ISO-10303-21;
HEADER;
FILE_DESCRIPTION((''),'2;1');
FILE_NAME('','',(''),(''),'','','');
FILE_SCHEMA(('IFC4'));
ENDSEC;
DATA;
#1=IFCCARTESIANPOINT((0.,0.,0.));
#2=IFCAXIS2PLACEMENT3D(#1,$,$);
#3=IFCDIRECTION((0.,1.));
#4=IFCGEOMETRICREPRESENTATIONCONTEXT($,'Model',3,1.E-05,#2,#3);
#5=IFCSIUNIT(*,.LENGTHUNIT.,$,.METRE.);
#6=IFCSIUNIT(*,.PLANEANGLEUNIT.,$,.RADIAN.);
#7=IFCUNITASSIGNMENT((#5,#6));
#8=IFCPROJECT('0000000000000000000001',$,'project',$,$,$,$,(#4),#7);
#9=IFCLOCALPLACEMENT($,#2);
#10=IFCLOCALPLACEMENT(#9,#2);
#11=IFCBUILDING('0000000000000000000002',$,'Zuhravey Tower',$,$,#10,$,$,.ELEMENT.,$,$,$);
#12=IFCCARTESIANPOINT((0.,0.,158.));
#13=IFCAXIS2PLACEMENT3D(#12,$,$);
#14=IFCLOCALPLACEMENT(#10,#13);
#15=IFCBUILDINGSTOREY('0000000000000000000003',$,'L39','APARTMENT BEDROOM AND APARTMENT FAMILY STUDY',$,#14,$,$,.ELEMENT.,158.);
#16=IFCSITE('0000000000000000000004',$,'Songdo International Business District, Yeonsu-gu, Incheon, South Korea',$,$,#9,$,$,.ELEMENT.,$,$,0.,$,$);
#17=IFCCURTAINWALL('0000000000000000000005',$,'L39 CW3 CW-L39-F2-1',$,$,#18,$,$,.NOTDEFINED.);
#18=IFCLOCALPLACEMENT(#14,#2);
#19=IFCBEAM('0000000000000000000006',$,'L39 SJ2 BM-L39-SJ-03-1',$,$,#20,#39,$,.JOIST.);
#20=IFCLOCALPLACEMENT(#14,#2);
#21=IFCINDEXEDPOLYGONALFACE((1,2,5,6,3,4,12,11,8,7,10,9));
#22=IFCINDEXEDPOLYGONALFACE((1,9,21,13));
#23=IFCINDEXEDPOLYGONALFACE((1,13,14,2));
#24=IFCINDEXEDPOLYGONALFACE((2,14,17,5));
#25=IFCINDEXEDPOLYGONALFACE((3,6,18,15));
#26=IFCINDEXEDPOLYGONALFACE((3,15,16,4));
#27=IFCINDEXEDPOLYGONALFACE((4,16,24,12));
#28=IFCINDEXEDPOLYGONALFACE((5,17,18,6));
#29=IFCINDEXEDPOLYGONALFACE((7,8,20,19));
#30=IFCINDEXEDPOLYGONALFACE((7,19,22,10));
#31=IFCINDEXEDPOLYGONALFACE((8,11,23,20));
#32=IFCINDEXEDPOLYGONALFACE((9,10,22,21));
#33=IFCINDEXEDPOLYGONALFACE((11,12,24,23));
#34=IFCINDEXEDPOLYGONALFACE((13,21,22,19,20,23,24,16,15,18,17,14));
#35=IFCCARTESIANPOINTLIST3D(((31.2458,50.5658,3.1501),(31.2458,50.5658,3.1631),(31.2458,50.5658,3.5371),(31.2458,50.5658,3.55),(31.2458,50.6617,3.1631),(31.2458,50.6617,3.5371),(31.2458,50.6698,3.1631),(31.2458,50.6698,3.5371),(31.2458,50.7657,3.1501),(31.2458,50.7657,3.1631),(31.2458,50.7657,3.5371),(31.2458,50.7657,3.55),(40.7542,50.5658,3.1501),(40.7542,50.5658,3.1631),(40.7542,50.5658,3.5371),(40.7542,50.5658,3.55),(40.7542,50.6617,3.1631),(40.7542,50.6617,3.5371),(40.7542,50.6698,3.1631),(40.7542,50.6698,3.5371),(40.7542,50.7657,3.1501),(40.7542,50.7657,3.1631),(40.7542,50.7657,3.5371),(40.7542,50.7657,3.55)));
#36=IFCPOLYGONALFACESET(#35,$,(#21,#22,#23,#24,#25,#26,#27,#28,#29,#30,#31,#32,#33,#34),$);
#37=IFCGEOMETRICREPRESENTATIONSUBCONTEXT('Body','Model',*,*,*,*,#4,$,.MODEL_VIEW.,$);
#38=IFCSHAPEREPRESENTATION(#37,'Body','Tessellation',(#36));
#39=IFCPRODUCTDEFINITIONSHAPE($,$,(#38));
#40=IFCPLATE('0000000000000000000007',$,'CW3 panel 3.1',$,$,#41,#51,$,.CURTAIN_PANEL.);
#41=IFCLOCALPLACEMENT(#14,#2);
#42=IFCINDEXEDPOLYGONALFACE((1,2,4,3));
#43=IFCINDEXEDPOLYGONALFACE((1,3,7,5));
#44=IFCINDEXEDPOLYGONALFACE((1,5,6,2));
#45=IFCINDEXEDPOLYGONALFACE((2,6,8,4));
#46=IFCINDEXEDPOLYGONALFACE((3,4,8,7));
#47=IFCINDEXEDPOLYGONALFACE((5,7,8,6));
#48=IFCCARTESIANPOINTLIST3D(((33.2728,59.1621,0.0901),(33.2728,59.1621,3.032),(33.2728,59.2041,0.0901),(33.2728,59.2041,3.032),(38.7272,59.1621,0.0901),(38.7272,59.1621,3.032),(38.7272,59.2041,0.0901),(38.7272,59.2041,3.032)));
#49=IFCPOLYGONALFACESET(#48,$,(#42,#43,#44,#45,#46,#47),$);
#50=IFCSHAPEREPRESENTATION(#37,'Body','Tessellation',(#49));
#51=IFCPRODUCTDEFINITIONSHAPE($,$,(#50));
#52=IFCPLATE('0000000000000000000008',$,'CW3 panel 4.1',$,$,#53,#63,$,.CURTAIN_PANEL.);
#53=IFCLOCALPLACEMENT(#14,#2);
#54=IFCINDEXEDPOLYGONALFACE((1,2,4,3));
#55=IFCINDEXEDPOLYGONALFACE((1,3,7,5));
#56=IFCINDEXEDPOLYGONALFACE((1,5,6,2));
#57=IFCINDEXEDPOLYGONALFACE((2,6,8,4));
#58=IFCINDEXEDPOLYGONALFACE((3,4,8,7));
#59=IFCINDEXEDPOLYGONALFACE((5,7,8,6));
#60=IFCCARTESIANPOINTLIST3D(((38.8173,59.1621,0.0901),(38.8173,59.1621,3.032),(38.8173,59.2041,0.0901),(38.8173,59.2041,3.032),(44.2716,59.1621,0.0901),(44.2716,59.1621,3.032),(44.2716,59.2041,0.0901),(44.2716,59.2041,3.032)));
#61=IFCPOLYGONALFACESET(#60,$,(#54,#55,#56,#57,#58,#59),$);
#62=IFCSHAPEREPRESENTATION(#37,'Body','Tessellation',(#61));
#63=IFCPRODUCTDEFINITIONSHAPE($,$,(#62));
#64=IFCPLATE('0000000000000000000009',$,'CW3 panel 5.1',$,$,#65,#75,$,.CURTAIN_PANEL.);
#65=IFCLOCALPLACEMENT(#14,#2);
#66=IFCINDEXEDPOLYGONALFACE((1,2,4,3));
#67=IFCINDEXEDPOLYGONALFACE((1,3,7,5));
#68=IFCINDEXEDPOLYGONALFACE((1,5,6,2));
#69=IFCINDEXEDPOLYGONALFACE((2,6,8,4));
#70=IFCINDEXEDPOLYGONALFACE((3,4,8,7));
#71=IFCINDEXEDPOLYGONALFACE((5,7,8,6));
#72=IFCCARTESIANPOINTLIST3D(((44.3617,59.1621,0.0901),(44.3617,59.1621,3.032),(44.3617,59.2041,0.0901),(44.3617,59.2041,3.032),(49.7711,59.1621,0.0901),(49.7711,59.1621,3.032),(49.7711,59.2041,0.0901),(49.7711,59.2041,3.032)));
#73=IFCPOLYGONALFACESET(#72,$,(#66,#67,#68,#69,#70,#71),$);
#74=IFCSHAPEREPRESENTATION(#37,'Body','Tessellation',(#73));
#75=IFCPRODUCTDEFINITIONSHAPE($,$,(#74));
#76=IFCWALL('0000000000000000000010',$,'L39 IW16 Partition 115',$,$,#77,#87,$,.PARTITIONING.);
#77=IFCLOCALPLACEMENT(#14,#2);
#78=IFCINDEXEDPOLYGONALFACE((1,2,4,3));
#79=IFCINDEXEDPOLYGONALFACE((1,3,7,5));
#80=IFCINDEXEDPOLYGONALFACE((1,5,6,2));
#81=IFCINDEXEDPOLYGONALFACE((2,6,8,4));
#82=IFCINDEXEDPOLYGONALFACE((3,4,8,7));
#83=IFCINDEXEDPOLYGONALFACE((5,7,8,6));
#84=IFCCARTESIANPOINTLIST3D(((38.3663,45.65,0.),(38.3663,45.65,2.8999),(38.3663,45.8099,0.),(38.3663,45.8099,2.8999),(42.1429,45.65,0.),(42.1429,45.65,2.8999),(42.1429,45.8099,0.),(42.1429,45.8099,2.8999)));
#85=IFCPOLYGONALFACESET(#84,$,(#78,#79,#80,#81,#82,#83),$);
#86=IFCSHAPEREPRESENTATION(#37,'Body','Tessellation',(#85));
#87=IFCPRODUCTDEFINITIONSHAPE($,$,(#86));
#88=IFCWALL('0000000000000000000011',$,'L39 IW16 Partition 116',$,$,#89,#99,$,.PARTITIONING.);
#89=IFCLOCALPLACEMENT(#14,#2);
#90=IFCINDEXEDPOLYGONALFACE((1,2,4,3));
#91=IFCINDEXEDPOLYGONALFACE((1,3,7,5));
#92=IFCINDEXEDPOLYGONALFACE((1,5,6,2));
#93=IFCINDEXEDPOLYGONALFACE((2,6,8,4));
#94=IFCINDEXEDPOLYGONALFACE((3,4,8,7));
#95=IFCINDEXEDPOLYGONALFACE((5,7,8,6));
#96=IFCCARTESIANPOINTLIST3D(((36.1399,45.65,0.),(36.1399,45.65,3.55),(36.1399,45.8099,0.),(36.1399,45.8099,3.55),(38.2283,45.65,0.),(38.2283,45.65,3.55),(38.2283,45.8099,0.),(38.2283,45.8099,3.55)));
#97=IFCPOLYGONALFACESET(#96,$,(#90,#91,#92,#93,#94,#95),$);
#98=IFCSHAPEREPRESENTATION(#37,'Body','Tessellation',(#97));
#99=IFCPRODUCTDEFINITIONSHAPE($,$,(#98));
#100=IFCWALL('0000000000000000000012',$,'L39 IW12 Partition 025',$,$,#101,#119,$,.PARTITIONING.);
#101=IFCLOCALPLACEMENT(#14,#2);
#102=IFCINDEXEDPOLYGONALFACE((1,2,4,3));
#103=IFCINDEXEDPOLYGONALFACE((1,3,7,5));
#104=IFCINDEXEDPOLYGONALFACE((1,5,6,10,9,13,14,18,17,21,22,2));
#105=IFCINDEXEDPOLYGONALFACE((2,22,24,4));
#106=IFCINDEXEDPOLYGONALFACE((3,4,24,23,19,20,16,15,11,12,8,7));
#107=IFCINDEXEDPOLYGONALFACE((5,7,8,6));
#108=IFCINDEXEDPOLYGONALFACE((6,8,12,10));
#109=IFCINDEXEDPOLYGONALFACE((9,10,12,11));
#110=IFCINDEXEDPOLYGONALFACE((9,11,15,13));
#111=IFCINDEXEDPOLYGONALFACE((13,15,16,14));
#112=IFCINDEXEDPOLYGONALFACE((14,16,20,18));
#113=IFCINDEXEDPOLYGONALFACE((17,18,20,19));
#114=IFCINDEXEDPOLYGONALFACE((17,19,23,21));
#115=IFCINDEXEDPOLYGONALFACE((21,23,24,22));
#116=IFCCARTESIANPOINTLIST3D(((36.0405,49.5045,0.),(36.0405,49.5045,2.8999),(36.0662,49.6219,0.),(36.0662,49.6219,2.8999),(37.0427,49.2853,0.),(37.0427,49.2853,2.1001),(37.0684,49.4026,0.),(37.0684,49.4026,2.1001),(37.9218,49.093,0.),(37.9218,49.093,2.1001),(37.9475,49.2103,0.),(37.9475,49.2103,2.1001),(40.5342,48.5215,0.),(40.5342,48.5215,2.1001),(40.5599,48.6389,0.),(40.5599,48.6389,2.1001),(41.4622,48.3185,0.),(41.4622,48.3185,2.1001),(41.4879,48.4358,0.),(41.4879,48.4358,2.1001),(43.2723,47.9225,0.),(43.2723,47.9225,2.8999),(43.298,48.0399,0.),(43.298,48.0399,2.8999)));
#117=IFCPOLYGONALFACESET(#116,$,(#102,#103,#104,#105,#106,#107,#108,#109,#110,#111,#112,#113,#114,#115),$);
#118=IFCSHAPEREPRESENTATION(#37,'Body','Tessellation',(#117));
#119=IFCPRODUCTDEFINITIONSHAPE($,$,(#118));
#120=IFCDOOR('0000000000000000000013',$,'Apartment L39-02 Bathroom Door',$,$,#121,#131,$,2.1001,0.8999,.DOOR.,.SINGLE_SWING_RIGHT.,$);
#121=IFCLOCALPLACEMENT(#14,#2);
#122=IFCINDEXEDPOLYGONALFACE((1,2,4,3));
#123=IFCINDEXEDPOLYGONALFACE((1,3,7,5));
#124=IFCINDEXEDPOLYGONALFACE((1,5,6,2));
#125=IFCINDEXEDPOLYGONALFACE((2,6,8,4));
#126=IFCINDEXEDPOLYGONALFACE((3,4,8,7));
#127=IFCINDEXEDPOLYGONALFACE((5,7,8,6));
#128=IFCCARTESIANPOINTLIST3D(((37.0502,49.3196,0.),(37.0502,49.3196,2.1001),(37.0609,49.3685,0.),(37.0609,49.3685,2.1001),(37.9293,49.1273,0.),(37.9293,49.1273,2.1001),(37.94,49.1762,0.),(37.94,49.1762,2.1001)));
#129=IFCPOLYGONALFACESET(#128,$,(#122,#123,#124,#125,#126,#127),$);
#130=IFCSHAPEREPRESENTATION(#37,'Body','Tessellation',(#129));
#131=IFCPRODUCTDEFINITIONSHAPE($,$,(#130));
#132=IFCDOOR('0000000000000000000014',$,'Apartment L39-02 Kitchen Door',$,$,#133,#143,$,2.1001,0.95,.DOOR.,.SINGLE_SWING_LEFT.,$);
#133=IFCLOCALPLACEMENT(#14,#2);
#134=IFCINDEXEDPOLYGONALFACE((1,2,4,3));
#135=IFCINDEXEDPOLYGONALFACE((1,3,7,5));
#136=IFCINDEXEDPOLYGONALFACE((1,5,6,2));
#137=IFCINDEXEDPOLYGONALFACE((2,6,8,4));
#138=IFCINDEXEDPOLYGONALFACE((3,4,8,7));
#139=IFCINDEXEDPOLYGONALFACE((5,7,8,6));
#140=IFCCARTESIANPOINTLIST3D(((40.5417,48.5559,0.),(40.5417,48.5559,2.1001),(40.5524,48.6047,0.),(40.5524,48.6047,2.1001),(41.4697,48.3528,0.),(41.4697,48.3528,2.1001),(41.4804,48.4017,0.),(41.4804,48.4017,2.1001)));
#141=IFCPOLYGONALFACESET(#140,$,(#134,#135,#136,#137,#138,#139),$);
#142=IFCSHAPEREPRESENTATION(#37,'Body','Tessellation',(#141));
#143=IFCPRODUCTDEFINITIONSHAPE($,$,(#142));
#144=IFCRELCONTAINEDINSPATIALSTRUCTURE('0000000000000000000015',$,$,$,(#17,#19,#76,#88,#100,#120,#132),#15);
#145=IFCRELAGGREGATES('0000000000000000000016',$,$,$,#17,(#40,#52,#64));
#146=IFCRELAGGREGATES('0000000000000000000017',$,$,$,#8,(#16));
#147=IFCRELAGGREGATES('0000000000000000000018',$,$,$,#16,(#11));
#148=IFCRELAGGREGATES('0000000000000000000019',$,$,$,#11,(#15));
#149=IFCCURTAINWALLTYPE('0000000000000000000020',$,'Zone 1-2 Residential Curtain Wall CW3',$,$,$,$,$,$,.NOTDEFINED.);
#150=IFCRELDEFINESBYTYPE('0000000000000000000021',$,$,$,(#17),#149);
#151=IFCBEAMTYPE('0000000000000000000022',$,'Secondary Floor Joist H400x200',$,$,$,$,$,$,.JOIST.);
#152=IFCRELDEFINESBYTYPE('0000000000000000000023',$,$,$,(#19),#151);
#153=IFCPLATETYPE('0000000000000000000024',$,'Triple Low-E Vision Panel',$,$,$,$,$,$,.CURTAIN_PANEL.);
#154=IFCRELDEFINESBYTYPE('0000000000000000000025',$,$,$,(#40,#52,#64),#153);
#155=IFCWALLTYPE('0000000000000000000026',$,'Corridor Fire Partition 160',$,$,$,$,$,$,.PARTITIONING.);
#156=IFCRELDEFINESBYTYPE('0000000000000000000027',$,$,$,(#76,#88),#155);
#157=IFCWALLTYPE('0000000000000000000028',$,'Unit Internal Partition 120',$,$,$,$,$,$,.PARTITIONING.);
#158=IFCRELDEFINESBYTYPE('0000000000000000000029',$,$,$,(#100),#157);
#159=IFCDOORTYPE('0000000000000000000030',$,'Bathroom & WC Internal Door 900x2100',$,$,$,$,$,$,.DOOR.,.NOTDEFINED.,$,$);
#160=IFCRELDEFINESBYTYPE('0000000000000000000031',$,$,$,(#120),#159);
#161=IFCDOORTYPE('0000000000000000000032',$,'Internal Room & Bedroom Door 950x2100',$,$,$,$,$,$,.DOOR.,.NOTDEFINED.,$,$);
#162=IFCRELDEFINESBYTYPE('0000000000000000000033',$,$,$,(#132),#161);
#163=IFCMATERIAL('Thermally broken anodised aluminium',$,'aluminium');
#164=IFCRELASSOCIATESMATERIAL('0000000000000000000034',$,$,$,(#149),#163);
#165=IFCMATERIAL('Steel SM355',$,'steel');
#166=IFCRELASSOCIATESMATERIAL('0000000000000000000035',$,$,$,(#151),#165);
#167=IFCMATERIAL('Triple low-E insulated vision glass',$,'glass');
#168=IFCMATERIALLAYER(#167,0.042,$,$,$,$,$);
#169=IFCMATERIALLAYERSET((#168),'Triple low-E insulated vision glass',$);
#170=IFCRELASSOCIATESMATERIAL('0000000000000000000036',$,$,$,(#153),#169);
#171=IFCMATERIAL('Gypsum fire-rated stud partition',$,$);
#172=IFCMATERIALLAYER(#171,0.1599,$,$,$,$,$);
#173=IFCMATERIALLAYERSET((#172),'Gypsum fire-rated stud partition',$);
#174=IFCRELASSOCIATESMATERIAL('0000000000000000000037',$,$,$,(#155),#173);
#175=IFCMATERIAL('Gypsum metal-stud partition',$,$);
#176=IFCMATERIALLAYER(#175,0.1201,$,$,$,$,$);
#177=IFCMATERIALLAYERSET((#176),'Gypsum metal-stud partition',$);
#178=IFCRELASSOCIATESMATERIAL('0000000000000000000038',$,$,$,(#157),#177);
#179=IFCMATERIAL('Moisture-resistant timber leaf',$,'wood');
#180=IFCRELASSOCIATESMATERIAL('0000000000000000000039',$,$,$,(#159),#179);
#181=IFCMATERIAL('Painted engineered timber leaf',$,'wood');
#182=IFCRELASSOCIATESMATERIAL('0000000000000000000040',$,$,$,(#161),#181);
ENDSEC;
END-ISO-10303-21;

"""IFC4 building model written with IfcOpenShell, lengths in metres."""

from ifc_helpers import new_model, si_unit, direction, frame, frame_2d, origin, origin_2d, place, context, subcontext, project, spatial, rectangle, i_section, extrude, material, layer, layer_set, material_profile, profile_set, type_object, element, fill, aggregate, save


model = new_model("IFC4")

# Units and contexts
model_context = context("Model", 3, precision=1e-05, world=origin(), true_north=direction((0.0, 1.0)))
body_context = subcontext(model_context, "Body", "Model", "MODEL_VIEW")
ifc_project = project(units=[si_unit("LENGTHUNIT", "METRE"), si_unit("PLANEANGLEUNIT", "RADIAN")], contexts=[model_context])

# Site, building, storey
site_placement = place(None, origin())
site = spatial("IfcSite", under=ifc_project, at=site_placement, Name="Songdo International Business District, Yeonsu-gu, Incheon, South Korea", CompositionType="ELEMENT", RefElevation=0.0)
building_placement = place(site_placement, origin())
building = spatial("IfcBuilding", under=site, at=building_placement, Name="Zuhravey Tower", CompositionType="ELEMENT")
storey_placement = place(building_placement, frame((0.0, 0.0, 158.0)))
storey = spatial("IfcBuildingStorey", under=building, at=storey_placement, Name="L39", Description="APARTMENT BEDROOM AND APARTMENT FAMILY STUDY", CompositionType="ELEMENT", Elevation=158.0)

# Curtain wall
ifc_material_1 = material(Name="Thermally broken anodised aluminium", Category="aluminium")
curtain_wall_type = type_object("IfcCurtainWallType", Name="Zone 1-2 Residential Curtain Wall CW3", PredefinedType="NOTDEFINED", material=ifc_material_1)
curtain_wall_placement = place(storey_placement, origin())
curtain_wall = element("IfcCurtainWall", 1, at=curtain_wall_placement, inside=storey, type_object=curtain_wall_type, Name="L39 CW3 CW-L39-F2-1", PredefinedType="NOTDEFINED")

# Beam
ifc_material_2 = material(Name="Steel SM355", Category="steel")
ifc_material_profile_1 = material_profile(ifc_material_2, i_section(OverallWidth=0.2, OverallDepth=0.3999, WebThickness=0.0081, FlangeThickness=0.0129, at=origin_2d()), Name="H-400x200x8x13")
ifc_profile_set_1 = profile_set([ifc_material_profile_1], Name="Steel SM355")
beam_type_1 = type_object("IfcBeamType", Name="Secondary Floor Joist H400x200", PredefinedType="JOIST", material=ifc_profile_set_1)
beam_1_placement = place(storey_placement, frame((40.7542, 50.6658, 3.3501), z_axis=(-1.0, 0.0, 0.0), x_axis=(0.0, -1.0, 0.0)))
element("IfcBeam", 2, at=beam_1_placement, inside=storey, type_object=beam_type_1, Name="L39 SJ2 BM-L39-SJ-03-1", PredefinedType="JOIST", context=body_context, shape_type="SweptSolid", body=[
    extrude(i_section(OverallWidth=0.2, OverallDepth=0.3999, WebThickness=0.0081, FlangeThickness=0.0129, at=origin_2d()), origin(), (0.0, 0.0, 1.0), 9.5083),
])

# Plates
ifc_material_3 = material(Name="Triple low-E insulated vision glass", Category="glass")
ifc_layer_1 = layer(ifc_material_3, 0.042)
ifc_layer_set_1 = layer_set([ifc_layer_1], Name="Triple low-E insulated vision glass")
plate_type = type_object("IfcPlateType", Name="Triple Low-E Vision Panel", PredefinedType="CURTAIN_PANEL", material=ifc_layer_set_1)
plate_1_placement = place(storey_placement, frame((36.0, 59.1831, 0.0901), z_axis=(0.0, 0.0, 1.0), x_axis=(1.0, 0.0, 0.0)))
plate_1 = element("IfcPlate", 3, at=plate_1_placement, type_object=plate_type, Name="CW3 panel 3.1", PredefinedType="CURTAIN_PANEL", context=body_context, shape_type="SweptSolid", body=[
    extrude(rectangle(XDim=5.4543, YDim=0.042, at=origin_2d()), origin(), (0.0, 0.0, 1.0), 2.9419),
])
plate_2_placement = place(storey_placement, frame((41.5444, 59.1831, 0.0901), z_axis=(0.0, 0.0, 1.0), x_axis=(1.0, 0.0, 0.0)))
plate_2 = element("IfcPlate", 4, at=plate_2_placement, type_object=plate_type, Name="CW3 panel 4.1", PredefinedType="CURTAIN_PANEL", context=body_context, shape_type="SweptSolid", body=[
    extrude(rectangle(XDim=5.4543, YDim=0.042, at=origin_2d()), origin(), (0.0, 0.0, 1.0), 2.9419),
])
plate_3_placement = place(storey_placement, frame((47.0664, 59.1831, 0.0901), z_axis=(0.0, 0.0, 1.0), x_axis=(1.0, 0.0, 0.0)))
plate_3 = element("IfcPlate", 5, at=plate_3_placement, type_object=plate_type, Name="CW3 panel 5.1", PredefinedType="CURTAIN_PANEL", context=body_context, shape_type="SweptSolid", body=[
    extrude(rectangle(XDim=5.4094, YDim=0.042, at=origin_2d()), origin(), (0.0, 0.0, 1.0), 2.9419),
])
aggregate(curtain_wall, [plate_1, plate_2, plate_3])

# Shared definitions
ifc_material_4 = material(Name="Gypsum fire-rated stud partition")
ifc_layer_2 = layer(ifc_material_4, 0.1599)
ifc_layer_set_2 = layer_set([ifc_layer_2], Name="Gypsum fire-rated stud partition")
wall_type_1 = type_object("IfcWallType", Name="Corridor Fire Partition 160", PredefinedType="PARTITIONING", material=ifc_layer_set_2)

# Walls
wall_1_placement = place(storey_placement, frame((42.1428, 45.73, 0.0), z_axis=(0.0, 0.0, 1.0), x_axis=(-1.0, 0.0, 0.0)))
element("IfcWall", 6, at=wall_1_placement, inside=storey, type_object=wall_type_1, Name="L39 IW16 Partition 115", PredefinedType="PARTITIONING", context=body_context, shape_type="SweptSolid", body=[
    extrude(rectangle(XDim=3.7766, YDim=0.1599, at=frame_2d((1.8882, 0.0))), origin(), (0.0, 0.0, 1.0), 2.8999),
])
wall_2_placement = place(storey_placement, frame((38.2283, 45.73, 0.0), z_axis=(0.0, 0.0, 1.0), x_axis=(-1.0, 0.0, 0.0)))
element("IfcWall", 7, at=wall_2_placement, inside=storey, type_object=wall_type_1, Name="L39 IW16 Partition 116", PredefinedType="PARTITIONING", context=body_context, shape_type="SweptSolid", body=[
    extrude(rectangle(XDim=2.0884, YDim=0.1599, at=frame_2d((1.0442, 0.0))), origin(), (0.0, 0.0, 1.0), 3.55),
])

# Wall, openings, doors
ifc_material_5 = material(Name="Gypsum metal-stud partition")
ifc_layer_3 = layer(ifc_material_5, 0.1201)
ifc_layer_set_3 = layer_set([ifc_layer_3], Name="Gypsum metal-stud partition")
wall_type_2 = type_object("IfcWallType", Name="Unit Internal Partition 120", PredefinedType="PARTITIONING", material=ifc_layer_set_3)
wall_3_placement = place(storey_placement, frame((43.2852, 47.9812, 0.0), z_axis=(0.0, 0.0, 1.0), x_axis=(-0.976899, 0.213703, 0.0)))
wall_3 = element("IfcWall", 8, at=wall_3_placement, inside=storey, type_object=wall_type_2, Name="L39 IW12 Partition 025", PredefinedType="PARTITIONING", context=body_context, shape_type="SweptSolid", body=[
    extrude(rectangle(XDim=7.4028, YDim=0.1201, at=frame_2d((3.7014, 0.0))), origin(), (0.0, 0.0, 1.0), 2.8999),
])
opening_1_placement = place(wall_3_placement, frame((1.8528, 0.0, 0.0)))
opening_1 = element("IfcOpeningElement", 9, at=opening_1_placement, cuts=wall_3, PredefinedType="OPENING", context=body_context, shape_type="SweptSolid", body=[
    extrude(rectangle(XDim=0.95, YDim=2.1001, at=frame_2d((0.4751, 1.05))), frame((0.0, 0.072, 0.0), z_axis=(0.0, -1.0, 0.0), x_axis=(1.0, 0.0, 0.0)), (0.0, 0.0, 1.0), 0.144),
])
opening_2_placement = place(wall_3_placement, frame((5.4771, 0.0, 0.0)))
opening_2 = element("IfcOpeningElement", 10, at=opening_2_placement, cuts=wall_3, PredefinedType="OPENING", context=body_context, shape_type="SweptSolid", body=[
    extrude(rectangle(XDim=0.8999, YDim=2.1001, at=frame_2d((0.45, 1.05))), frame((0.0, 0.072, 0.0), z_axis=(0.0, -1.0, 0.0), x_axis=(1.0, 0.0, 0.0)), (0.0, 0.0, 1.0), 0.144),
])
ifc_material_6 = material(Name="Moisture-resistant timber leaf", Category="wood")
door_type_1 = type_object("IfcDoorType", Name="Bathroom & WC Internal Door 900x2100", OperationType="NOTDEFINED", PredefinedType="DOOR", material=ifc_material_6)
door_1_placement = place(opening_2_placement, origin())
door_1 = element("IfcDoor", 11, at=door_1_placement, inside=storey, type_object=door_type_1, Name="Apartment L39-02 Bathroom Door", OperationType="SINGLE_SWING_RIGHT", OverallHeight=2.1001, OverallWidth=0.8999, PredefinedType="DOOR", context=body_context, shape_type="SweptSolid", body=[
    extrude(rectangle(XDim=0.8999, YDim=2.1001, at=frame_2d((0.45, 1.05))), frame((0.0, 0.0249, 0.0), z_axis=(0.0, -1.0, 0.0), x_axis=(1.0, 0.0, 0.0)), (0.0, 0.0, 1.0), 0.05),
])
fill(opening_2, door_1)
ifc_material_7 = material(Name="Painted engineered timber leaf", Category="wood")
door_type_2 = type_object("IfcDoorType", Name="Internal Room & Bedroom Door 950x2100", OperationType="NOTDEFINED", PredefinedType="DOOR", material=ifc_material_7)
door_2_placement = place(opening_1_placement, origin())
door_2 = element("IfcDoor", 12, at=door_2_placement, inside=storey, type_object=door_type_2, Name="Apartment L39-02 Kitchen Door", OperationType="SINGLE_SWING_LEFT", OverallHeight=2.1001, OverallWidth=0.95, PredefinedType="DOOR", context=body_context, shape_type="SweptSolid", body=[
    extrude(rectangle(XDim=0.95, YDim=2.1001, at=frame_2d((0.4751, 1.05))), frame((0.0, 0.0249, 0.0), z_axis=(0.0, -1.0, 0.0), x_axis=(1.0, 0.0, 0.0)), (0.0, 0.0, 1.0), 0.05),
])
fill(opening_1, door_2)

save(model, "model.ifc")
